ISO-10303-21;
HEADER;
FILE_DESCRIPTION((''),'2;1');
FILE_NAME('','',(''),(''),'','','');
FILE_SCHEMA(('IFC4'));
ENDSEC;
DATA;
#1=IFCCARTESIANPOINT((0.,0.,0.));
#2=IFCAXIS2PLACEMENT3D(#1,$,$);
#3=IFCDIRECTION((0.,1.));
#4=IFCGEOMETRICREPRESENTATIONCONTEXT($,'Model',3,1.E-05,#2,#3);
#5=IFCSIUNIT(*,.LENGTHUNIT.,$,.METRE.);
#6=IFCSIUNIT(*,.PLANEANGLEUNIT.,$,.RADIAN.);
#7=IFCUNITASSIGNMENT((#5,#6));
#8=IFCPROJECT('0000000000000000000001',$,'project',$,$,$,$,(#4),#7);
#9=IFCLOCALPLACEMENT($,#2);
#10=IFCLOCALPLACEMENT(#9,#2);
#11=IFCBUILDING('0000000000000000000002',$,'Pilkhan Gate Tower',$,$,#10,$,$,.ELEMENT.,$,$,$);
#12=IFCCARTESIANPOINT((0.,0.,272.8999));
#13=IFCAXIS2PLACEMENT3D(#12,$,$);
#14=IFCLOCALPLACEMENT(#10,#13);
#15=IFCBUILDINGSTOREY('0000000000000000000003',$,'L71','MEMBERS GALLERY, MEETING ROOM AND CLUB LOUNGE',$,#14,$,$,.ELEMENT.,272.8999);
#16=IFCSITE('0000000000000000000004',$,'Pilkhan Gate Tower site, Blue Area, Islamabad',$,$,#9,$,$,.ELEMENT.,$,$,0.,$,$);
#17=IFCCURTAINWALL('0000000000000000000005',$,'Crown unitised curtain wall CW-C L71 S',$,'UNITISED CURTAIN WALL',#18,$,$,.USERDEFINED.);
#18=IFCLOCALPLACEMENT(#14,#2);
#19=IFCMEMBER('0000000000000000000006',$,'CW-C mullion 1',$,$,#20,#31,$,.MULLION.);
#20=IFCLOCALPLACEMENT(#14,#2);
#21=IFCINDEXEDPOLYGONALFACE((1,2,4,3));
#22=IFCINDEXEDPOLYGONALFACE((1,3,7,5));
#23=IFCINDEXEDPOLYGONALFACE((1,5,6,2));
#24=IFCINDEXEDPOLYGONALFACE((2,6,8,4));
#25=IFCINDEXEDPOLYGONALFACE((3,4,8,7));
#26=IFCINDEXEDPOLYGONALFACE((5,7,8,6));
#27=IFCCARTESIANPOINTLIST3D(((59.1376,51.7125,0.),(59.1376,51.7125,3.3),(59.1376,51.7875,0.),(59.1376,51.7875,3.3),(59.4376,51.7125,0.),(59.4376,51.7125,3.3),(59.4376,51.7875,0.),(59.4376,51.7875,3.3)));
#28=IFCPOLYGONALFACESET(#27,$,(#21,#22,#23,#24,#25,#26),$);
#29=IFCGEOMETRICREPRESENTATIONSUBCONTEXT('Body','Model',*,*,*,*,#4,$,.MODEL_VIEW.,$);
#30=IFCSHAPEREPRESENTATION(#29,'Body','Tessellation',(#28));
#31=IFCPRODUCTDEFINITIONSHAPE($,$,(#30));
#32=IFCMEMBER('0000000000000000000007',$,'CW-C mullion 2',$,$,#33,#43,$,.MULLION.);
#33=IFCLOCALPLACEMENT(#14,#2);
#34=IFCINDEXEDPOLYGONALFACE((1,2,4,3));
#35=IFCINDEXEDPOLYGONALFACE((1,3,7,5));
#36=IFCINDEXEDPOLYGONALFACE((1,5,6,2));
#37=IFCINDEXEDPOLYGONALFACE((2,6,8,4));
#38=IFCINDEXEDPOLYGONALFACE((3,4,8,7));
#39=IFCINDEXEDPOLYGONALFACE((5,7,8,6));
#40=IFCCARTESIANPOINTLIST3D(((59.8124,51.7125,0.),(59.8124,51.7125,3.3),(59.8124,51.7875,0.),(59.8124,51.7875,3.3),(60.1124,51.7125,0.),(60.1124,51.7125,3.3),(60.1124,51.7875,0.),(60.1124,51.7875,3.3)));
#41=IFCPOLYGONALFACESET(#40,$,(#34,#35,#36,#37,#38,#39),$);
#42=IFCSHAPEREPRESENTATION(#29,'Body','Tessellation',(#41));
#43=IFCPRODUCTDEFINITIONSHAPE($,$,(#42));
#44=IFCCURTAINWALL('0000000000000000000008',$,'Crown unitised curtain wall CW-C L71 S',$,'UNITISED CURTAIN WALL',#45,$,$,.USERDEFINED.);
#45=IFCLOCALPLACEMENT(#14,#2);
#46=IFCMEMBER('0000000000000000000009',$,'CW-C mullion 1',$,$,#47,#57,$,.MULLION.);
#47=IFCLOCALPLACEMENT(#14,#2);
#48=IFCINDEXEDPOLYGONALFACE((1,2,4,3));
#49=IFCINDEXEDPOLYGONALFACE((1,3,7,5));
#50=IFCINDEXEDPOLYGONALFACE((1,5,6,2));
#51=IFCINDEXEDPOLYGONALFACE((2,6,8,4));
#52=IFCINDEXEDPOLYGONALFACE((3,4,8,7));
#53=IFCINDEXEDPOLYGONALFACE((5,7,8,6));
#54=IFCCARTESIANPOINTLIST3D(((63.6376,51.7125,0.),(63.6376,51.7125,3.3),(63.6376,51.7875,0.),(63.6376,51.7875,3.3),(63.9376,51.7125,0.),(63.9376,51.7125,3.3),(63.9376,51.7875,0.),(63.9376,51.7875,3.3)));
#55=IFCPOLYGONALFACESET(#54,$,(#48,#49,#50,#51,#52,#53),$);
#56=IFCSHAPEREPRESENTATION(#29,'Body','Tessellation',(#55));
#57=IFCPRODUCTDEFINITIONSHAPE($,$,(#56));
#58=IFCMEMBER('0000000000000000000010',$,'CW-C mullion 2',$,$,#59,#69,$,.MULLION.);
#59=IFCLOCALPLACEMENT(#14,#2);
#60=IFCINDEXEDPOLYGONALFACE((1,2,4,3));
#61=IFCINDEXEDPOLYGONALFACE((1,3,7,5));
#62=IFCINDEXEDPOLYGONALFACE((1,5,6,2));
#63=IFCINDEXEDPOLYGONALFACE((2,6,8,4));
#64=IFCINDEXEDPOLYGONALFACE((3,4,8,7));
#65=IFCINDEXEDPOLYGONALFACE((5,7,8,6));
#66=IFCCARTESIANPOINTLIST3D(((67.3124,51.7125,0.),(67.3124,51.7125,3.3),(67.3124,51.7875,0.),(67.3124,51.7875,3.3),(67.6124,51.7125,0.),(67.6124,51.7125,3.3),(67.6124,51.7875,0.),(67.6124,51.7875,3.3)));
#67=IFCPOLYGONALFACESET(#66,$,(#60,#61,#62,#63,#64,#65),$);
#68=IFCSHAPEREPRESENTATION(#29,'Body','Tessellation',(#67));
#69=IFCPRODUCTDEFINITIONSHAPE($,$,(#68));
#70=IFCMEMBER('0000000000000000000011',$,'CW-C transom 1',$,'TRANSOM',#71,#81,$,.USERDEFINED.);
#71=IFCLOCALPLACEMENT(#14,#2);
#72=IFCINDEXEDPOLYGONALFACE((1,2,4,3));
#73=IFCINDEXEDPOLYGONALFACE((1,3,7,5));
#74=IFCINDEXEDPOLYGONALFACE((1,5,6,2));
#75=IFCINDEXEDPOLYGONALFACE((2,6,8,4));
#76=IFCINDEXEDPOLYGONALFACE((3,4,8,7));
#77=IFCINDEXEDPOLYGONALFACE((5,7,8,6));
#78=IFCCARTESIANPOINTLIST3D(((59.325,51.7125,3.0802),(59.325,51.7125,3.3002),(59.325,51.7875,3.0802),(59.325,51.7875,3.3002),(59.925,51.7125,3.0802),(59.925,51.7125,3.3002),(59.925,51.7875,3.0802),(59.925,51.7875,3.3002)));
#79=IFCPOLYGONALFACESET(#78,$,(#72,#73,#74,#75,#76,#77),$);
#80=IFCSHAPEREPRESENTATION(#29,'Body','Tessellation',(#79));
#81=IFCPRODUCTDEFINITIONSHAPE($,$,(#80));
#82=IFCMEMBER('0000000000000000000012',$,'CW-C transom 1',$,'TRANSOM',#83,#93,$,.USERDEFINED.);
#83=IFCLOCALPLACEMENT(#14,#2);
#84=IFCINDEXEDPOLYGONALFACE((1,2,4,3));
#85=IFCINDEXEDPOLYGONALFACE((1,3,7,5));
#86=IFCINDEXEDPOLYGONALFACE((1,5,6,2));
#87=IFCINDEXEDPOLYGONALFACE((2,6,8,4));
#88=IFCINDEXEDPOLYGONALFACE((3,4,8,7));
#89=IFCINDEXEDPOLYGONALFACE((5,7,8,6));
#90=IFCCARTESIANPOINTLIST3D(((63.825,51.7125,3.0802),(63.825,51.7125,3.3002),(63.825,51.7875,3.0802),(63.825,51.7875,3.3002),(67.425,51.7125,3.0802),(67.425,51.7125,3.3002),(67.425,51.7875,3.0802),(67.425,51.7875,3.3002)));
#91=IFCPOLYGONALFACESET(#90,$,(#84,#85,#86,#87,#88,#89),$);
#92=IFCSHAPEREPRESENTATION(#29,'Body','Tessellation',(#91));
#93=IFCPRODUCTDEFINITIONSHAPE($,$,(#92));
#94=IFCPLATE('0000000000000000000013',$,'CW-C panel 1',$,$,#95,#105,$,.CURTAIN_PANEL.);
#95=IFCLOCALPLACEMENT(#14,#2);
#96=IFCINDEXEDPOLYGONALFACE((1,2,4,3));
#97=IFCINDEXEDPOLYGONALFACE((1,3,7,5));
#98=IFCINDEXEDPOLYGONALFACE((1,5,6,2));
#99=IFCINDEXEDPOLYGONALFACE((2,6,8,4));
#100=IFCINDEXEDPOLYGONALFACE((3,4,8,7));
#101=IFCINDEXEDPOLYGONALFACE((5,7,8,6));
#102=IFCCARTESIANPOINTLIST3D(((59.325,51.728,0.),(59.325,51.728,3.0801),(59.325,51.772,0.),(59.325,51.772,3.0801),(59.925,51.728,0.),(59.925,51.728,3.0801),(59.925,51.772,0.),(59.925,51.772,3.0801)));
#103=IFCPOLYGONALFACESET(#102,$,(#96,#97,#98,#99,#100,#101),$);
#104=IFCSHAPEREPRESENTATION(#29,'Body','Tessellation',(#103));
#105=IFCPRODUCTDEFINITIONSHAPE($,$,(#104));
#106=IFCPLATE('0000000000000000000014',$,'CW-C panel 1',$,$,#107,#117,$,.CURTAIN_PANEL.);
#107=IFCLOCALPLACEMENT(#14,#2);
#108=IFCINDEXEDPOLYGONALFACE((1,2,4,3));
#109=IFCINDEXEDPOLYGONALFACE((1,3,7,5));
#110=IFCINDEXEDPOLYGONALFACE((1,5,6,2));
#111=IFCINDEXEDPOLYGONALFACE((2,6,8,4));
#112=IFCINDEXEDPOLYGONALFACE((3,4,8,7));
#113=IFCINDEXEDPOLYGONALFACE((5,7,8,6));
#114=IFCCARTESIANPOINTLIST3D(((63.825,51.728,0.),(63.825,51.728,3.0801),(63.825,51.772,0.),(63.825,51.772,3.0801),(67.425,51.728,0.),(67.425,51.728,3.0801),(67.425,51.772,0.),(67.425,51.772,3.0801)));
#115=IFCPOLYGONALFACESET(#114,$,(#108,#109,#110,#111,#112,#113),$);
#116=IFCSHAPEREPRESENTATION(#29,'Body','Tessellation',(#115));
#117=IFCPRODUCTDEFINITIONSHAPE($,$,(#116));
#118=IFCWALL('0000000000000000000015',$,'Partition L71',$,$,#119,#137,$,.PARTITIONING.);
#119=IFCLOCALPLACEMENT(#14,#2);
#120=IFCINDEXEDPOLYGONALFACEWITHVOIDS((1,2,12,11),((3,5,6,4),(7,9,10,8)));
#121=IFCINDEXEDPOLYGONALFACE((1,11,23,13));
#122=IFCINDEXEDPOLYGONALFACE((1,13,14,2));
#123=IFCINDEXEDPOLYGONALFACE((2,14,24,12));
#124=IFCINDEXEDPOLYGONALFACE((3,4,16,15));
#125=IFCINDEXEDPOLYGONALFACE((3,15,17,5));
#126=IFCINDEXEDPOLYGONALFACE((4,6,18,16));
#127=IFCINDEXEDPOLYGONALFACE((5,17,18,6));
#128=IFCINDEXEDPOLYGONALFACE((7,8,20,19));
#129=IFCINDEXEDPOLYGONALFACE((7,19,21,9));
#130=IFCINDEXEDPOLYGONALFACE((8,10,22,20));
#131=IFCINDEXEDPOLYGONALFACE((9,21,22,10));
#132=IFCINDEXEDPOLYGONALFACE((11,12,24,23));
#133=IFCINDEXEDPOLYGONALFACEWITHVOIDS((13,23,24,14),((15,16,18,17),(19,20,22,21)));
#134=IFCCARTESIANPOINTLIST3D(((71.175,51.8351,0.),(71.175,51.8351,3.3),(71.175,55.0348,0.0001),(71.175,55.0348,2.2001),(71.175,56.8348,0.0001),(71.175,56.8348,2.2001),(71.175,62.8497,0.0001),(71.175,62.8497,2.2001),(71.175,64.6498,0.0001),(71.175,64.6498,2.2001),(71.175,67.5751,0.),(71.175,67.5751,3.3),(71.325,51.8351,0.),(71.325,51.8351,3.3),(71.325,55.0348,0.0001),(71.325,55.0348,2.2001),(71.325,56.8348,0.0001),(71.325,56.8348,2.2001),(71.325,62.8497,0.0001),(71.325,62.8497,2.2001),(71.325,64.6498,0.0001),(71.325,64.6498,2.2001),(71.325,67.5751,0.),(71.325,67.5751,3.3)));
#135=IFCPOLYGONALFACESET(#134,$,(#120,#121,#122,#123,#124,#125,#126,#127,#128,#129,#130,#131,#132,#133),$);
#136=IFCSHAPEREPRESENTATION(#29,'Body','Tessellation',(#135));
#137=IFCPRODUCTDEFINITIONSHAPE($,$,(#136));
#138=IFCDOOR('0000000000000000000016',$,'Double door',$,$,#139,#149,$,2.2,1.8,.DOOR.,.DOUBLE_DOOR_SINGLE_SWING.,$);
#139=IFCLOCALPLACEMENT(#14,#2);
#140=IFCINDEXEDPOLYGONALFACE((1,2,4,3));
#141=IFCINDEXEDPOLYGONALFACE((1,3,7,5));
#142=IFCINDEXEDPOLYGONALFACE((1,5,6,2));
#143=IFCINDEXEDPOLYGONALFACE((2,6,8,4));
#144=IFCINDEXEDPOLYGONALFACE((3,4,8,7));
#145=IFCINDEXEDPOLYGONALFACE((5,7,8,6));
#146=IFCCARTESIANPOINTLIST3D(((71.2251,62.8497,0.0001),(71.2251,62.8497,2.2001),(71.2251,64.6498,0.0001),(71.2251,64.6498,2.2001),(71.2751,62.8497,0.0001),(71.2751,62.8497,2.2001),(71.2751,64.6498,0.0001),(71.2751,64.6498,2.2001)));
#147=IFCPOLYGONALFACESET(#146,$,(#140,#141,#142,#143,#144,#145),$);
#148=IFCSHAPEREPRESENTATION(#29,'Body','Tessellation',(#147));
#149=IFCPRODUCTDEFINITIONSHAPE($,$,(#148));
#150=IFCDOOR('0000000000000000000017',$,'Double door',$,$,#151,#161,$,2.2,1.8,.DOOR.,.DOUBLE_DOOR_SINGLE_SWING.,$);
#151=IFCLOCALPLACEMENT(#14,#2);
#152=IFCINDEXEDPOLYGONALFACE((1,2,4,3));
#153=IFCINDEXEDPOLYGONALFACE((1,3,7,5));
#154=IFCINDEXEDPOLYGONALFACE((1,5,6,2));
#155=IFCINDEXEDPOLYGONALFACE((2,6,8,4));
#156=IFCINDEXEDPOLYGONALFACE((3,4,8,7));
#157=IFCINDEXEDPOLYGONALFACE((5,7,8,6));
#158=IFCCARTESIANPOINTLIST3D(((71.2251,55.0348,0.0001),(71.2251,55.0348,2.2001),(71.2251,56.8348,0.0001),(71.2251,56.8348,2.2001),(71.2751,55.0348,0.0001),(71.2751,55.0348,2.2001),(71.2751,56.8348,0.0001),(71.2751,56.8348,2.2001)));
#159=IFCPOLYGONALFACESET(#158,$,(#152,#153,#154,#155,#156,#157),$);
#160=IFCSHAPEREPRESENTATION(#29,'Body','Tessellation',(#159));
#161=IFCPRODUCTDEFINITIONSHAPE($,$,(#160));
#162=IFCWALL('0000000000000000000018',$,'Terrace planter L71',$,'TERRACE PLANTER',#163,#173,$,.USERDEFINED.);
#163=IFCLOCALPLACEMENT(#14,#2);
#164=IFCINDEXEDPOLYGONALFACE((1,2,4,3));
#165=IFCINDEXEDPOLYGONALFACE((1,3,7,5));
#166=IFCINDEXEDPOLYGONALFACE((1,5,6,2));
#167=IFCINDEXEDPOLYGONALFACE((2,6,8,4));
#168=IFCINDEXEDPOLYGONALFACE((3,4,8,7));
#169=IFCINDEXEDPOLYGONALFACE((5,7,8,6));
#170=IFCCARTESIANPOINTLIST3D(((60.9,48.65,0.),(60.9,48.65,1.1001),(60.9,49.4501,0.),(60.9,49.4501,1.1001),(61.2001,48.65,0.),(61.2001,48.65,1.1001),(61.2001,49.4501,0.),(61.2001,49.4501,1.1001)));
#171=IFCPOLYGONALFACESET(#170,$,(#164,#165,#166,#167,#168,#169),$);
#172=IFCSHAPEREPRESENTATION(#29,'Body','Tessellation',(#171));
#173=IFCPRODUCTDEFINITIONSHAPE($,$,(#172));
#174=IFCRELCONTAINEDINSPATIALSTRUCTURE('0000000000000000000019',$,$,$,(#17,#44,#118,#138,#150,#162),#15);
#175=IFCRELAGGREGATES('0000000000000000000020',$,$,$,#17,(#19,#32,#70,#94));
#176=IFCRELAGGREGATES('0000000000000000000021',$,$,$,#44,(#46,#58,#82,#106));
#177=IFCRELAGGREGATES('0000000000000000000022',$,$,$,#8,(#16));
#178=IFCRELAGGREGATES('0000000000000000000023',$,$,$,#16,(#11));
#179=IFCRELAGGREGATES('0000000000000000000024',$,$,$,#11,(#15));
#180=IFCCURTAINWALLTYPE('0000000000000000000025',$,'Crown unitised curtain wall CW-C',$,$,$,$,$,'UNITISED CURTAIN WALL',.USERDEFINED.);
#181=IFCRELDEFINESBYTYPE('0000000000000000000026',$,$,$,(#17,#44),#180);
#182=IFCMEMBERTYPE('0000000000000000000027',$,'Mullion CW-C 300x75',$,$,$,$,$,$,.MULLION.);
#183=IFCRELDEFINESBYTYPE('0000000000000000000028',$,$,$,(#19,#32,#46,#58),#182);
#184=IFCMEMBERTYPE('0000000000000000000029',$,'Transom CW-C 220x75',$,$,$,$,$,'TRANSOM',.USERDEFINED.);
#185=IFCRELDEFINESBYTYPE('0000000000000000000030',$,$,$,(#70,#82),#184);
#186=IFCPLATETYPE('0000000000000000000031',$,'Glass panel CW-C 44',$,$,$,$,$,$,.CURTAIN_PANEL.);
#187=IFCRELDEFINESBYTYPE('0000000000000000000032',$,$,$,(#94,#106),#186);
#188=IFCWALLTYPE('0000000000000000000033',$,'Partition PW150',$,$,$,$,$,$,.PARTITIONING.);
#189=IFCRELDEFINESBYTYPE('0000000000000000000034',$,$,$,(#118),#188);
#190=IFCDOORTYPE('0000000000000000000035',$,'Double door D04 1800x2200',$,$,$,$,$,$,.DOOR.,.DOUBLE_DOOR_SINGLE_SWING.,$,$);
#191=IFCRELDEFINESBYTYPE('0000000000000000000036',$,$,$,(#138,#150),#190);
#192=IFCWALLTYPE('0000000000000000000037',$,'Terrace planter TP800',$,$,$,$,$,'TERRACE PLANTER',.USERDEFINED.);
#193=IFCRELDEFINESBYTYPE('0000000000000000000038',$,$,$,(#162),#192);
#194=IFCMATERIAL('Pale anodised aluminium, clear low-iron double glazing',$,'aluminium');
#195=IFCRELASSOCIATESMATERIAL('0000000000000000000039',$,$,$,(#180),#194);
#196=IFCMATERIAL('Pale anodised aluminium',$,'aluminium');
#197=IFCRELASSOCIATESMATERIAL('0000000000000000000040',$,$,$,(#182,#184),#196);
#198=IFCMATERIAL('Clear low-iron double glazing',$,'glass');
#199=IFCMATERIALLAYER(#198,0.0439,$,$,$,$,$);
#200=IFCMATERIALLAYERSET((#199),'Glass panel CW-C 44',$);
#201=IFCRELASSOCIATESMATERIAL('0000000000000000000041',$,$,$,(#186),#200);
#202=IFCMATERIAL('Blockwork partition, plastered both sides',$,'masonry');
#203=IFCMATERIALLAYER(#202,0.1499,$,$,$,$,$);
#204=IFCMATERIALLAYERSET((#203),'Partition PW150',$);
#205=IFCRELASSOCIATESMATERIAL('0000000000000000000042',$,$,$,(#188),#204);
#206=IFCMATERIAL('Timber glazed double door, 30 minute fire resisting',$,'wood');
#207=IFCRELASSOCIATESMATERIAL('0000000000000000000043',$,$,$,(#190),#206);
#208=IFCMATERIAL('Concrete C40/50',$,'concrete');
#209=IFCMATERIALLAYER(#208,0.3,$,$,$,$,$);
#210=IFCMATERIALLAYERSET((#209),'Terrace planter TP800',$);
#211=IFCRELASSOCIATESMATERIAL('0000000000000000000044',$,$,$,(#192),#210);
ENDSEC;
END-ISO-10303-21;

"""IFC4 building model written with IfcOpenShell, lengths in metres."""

from ifc_helpers import new_model, si_unit, direction, frame, frame_2d, origin, origin_2d, place, context, subcontext, project, spatial, rectangle, extrude, material, layer, layer_set, material_profile, profile_set, type_object, element, fill, aggregate, save


model = new_model("IFC4")

# Units and contexts
model_context = context("Model", 3, precision=1e-05, world=origin(), true_north=direction((0.0, 1.0)))
body_context = subcontext(model_context, "Body", "Model", "MODEL_VIEW")
ifc_project = project(units=[si_unit("LENGTHUNIT", "METRE"), si_unit("PLANEANGLEUNIT", "RADIAN")], contexts=[model_context])

# Site, building, storey
site_placement = place(None, origin())
site = spatial("IfcSite", under=ifc_project, at=site_placement, Name="Pilkhan Gate Tower site, Blue Area, Islamabad", CompositionType="ELEMENT", RefElevation=0.0)
building_placement = place(site_placement, origin())
building = spatial("IfcBuilding", under=site, at=building_placement, Name="Pilkhan Gate Tower", CompositionType="ELEMENT")
storey_placement = place(building_placement, frame((0.0, 0.0, 272.8999)))
storey = spatial("IfcBuildingStorey", under=building, at=storey_placement, Name="L71", Description="MEMBERS GALLERY, MEETING ROOM AND CLUB LOUNGE", CompositionType="ELEMENT", Elevation=272.8999)

# Curtain walls, members
ifc_material_1 = material(Name="Pale anodised aluminium, clear low-iron double glazing", Category="aluminium")
curtain_wall_type = type_object("IfcCurtainWallType", Name="Crown unitised curtain wall CW-C", ElementType="UNITISED CURTAIN WALL", PredefinedType="USERDEFINED", material=ifc_material_1)
curtain_wall_1_placement = place(storey_placement, origin())
curtain_wall_1 = element("IfcCurtainWall", 1, at=curtain_wall_1_placement, inside=storey, type_object=curtain_wall_type, Name="Crown unitised curtain wall CW-C L71 S", ObjectType="UNITISED CURTAIN WALL", PredefinedType="USERDEFINED")
ifc_material_2 = material(Name="Pale anodised aluminium", Category="aluminium")
ifc_material_profile_1 = material_profile(ifc_material_2, rectangle(XDim=0.075, YDim=0.3, at=origin_2d()), Name="Mullion 300x75")
ifc_profile_set_1 = profile_set([ifc_material_profile_1], Name="Pale anodised aluminium")
member_type_1 = type_object("IfcMemberType", Name="Mullion CW-C 300x75", PredefinedType="MULLION", material=ifc_profile_set_1)
member_1_placement = place(storey_placement, frame((59.2876, 51.75, 0.0), z_axis=(0.0, 0.0, 1.0), x_axis=(0.0, 1.0, 0.0)))
member_1 = element("IfcMember", 2, at=member_1_placement, type_object=member_type_1, Name="CW-C mullion 1", PredefinedType="MULLION", context=body_context, shape_type="SweptSolid", body=[
    extrude(rectangle(XDim=0.075, YDim=0.3, at=origin_2d()), origin(), (0.0, 0.0, 1.0), 3.3),
])
member_2_placement = place(storey_placement, frame((59.9624, 51.75, 0.0), z_axis=(0.0, 0.0, 1.0), x_axis=(0.0, 1.0, 0.0)))
member_2 = element("IfcMember", 3, at=member_2_placement, type_object=member_type_1, Name="CW-C mullion 2", PredefinedType="MULLION", context=body_context, shape_type="SweptSolid", body=[
    extrude(rectangle(XDim=0.075, YDim=0.3, at=origin_2d()), origin(), (0.0, 0.0, 1.0), 3.3),
])
curtain_wall_2_placement = place(storey_placement, origin())
curtain_wall_2 = element("IfcCurtainWall", 4, at=curtain_wall_2_placement, inside=storey, type_object=curtain_wall_type, Name="Crown unitised curtain wall CW-C L71 S", ObjectType="UNITISED CURTAIN WALL", PredefinedType="USERDEFINED")
member_3_placement = place(storey_placement, frame((63.7876, 51.75, 0.0), z_axis=(0.0, 0.0, 1.0), x_axis=(0.0, 1.0, 0.0)))
member_3 = element("IfcMember", 5, at=member_3_placement, type_object=member_type_1, Name="CW-C mullion 1", PredefinedType="MULLION", context=body_context, shape_type="SweptSolid", body=[
    extrude(rectangle(XDim=0.075, YDim=0.3, at=origin_2d()), origin(), (0.0, 0.0, 1.0), 3.3),
])
member_4_placement = place(storey_placement, frame((67.4624, 51.75, 0.0), z_axis=(0.0, 0.0, 1.0), x_axis=(0.0, 1.0, 0.0)))
member_4 = element("IfcMember", 6, at=member_4_placement, type_object=member_type_1, Name="CW-C mullion 2", PredefinedType="MULLION", context=body_context, shape_type="SweptSolid", body=[
    extrude(rectangle(XDim=0.075, YDim=0.3, at=origin_2d()), origin(), (0.0, 0.0, 1.0), 3.3),
])

# Members
ifc_material_profile_2 = material_profile(ifc_material_2, rectangle(XDim=0.075, YDim=0.22, at=origin_2d()), Name="Transom 220x75")
ifc_profile_set_2 = profile_set([ifc_material_profile_2], Name="Pale anodised aluminium")
member_type_2 = type_object("IfcMemberType", Name="Transom CW-C 220x75", ElementType="TRANSOM", PredefinedType="USERDEFINED", material=ifc_profile_set_2)
member_5_placement = place(storey_placement, frame((59.325, 51.75, 3.1902), z_axis=(1.0, 0.0, 0.0), x_axis=(0.0, 1.0, 0.0)))
member_5 = element("IfcMember", 7, at=member_5_placement, type_object=member_type_2, Name="CW-C transom 1", ObjectType="TRANSOM", PredefinedType="USERDEFINED", context=body_context, shape_type="SweptSolid", body=[
    extrude(rectangle(XDim=0.075, YDim=0.22, at=origin_2d()), origin(), (0.0, 0.0, 1.0), 0.6001),
])
member_6_placement = place(storey_placement, frame((63.825, 51.75, 3.1902), z_axis=(1.0, 0.0, 0.0), x_axis=(0.0, 1.0, 0.0)))
member_6 = element("IfcMember", 8, at=member_6_placement, type_object=member_type_2, Name="CW-C transom 1", ObjectType="TRANSOM", PredefinedType="USERDEFINED", context=body_context, shape_type="SweptSolid", body=[
    extrude(rectangle(XDim=0.075, YDim=0.22, at=origin_2d()), origin(), (0.0, 0.0, 1.0), 3.6001),
])

# Plates
ifc_material_3 = material(Name="Clear low-iron double glazing", Category="glass")
ifc_layer_1 = layer(ifc_material_3, 0.0439)
ifc_layer_set_1 = layer_set([ifc_layer_1], Name="Glass panel CW-C 44")
plate_type = type_object("IfcPlateType", Name="Glass panel CW-C 44", PredefinedType="CURTAIN_PANEL", material=ifc_layer_set_1)
plate_1_placement = place(storey_placement, frame((59.625, 51.75, 0.0), z_axis=(0.0, 0.0, 1.0), x_axis=(1.0, 0.0, 0.0)))
plate_1 = element("IfcPlate", 9, at=plate_1_placement, type_object=plate_type, Name="CW-C panel 1", PredefinedType="CURTAIN_PANEL", context=body_context, shape_type="SweptSolid", body=[
    extrude(rectangle(XDim=0.6001, YDim=0.0439, at=origin_2d()), origin(), (0.0, 0.0, 1.0), 3.0801),
])
aggregate(curtain_wall_1, [member_1, member_2, member_5, plate_1])
plate_2_placement = place(storey_placement, frame((65.625, 51.75, 0.0), z_axis=(0.0, 0.0, 1.0), x_axis=(1.0, 0.0, 0.0)))
plate_2 = element("IfcPlate", 10, at=plate_2_placement, type_object=plate_type, Name="CW-C panel 1", PredefinedType="CURTAIN_PANEL", context=body_context, shape_type="SweptSolid", body=[
    extrude(rectangle(XDim=3.6001, YDim=0.0439, at=origin_2d()), origin(), (0.0, 0.0, 1.0), 3.0801),
])
aggregate(curtain_wall_2, [member_3, member_4, member_6, plate_2])

# Wall, openings, doors
ifc_material_4 = material(Name="Blockwork partition, plastered both sides", Category="masonry")
ifc_layer_2 = layer(ifc_material_4, 0.1499)
ifc_layer_set_2 = layer_set([ifc_layer_2], Name="Partition PW150")
wall_type_1 = type_object("IfcWallType", Name="Partition PW150", PredefinedType="PARTITIONING", material=ifc_layer_set_2)
wall_1_placement = place(storey_placement, frame((71.25, 51.835, 0.0), z_axis=(0.0, 0.0, 1.0), x_axis=(0.0, 1.0, 0.0)))
wall_1 = element("IfcWall", 11, at=wall_1_placement, inside=storey, type_object=wall_type_1, Name="Partition L71", PredefinedType="PARTITIONING", context=body_context, shape_type="SweptSolid", body=[
    extrude(rectangle(XDim=15.74, YDim=0.1499, at=frame_2d((7.8701, 0.0))), origin(), (0.0, 0.0, 1.0), 3.3),
])
opening_1_placement = place(wall_1_placement, frame((11.0149, 0.0, 0.0)))
opening_1 = element("IfcOpeningElement", 12, at=opening_1_placement, cuts=wall_1, PredefinedType="OPENING", context=body_context, shape_type="SweptSolid", body=[
    extrude(rectangle(XDim=1.8, YDim=2.2, at=frame_2d((0.8999, 1.1001))), frame((0.0, 0.085, 0.0), z_axis=(0.0, -1.0, 0.0), x_axis=(1.0, 0.0, 0.0)), (0.0, 0.0, 1.0), 0.1699),
])
opening_2_placement = place(wall_1_placement, frame((3.2, 0.0, 0.0)))
opening_2 = element("IfcOpeningElement", 13, at=opening_2_placement, cuts=wall_1, PredefinedType="OPENING", context=body_context, shape_type="SweptSolid", body=[
    extrude(rectangle(XDim=1.8, YDim=2.2, at=frame_2d((0.8999, 1.1001))), frame((0.0, 0.085, 0.0), z_axis=(0.0, -1.0, 0.0), x_axis=(1.0, 0.0, 0.0)), (0.0, 0.0, 1.0), 0.1699),
])
ifc_material_5 = material(Name="Timber glazed double door, 30 minute fire resisting", Category="wood")
door_type_1 = type_object("IfcDoorType", Name="Double door D04 1800x2200", OperationType="DOUBLE_DOOR_SINGLE_SWING", PredefinedType="DOOR", material=ifc_material_5)
door_1_placement = place(opening_1_placement, origin())
door_1 = element("IfcDoor", 14, at=door_1_placement, inside=storey, type_object=door_type_1, Name="Double door", OperationType="DOUBLE_DOOR_SINGLE_SWING", OverallHeight=2.2, OverallWidth=1.8, PredefinedType="DOOR", context=body_context, shape_type="SweptSolid", body=[
    extrude(rectangle(XDim=1.8, YDim=2.2, at=frame_2d((0.8999, 1.1001))), frame((0.0, 0.0249, 0.0), z_axis=(0.0, -1.0, 0.0), x_axis=(1.0, 0.0, 0.0)), (0.0, 0.0, 1.0), 0.05),
])
fill(opening_1, door_1)
door_2_placement = place(opening_2_placement, origin())
door_2 = element("IfcDoor", 15, at=door_2_placement, inside=storey, type_object=door_type_1, Name="Double door", OperationType="DOUBLE_DOOR_SINGLE_SWING", OverallHeight=2.2, OverallWidth=1.8, PredefinedType="DOOR", context=body_context, shape_type="SweptSolid", body=[
    extrude(rectangle(XDim=1.8, YDim=2.2, at=frame_2d((0.8999, 1.1001))), frame((0.0, 0.0249, 0.0), z_axis=(0.0, -1.0, 0.0), x_axis=(1.0, 0.0, 0.0)), (0.0, 0.0, 1.0), 0.05),
])
fill(opening_2, door_2)

# Wall
ifc_material_6 = material(Name="Concrete C40/50", Category="concrete")
ifc_layer_3 = layer(ifc_material_6, 0.3)
ifc_layer_set_3 = layer_set([ifc_layer_3], Name="Terrace planter TP800")
wall_type_2 = type_object("IfcWallType", Name="Terrace planter TP800", ElementType="TERRACE PLANTER", PredefinedType="USERDEFINED", material=ifc_layer_set_3)
wall_2_placement = place(storey_placement, frame((61.05, 49.45, 0.0), z_axis=(0.0, 0.0, 1.0), x_axis=(0.0, -1.0, 0.0)))
element("IfcWall", 16, at=wall_2_placement, inside=storey, type_object=wall_type_2, Name="Terrace planter L71", ObjectType="TERRACE PLANTER", PredefinedType="USERDEFINED", context=body_context, shape_type="SweptSolid", body=[
    extrude(rectangle(XDim=0.8, YDim=0.3, at=frame_2d((0.3999, 0.0))), origin(), (0.0, 0.0, 1.0), 1.1001),
])

save(model, "model.ifc")
